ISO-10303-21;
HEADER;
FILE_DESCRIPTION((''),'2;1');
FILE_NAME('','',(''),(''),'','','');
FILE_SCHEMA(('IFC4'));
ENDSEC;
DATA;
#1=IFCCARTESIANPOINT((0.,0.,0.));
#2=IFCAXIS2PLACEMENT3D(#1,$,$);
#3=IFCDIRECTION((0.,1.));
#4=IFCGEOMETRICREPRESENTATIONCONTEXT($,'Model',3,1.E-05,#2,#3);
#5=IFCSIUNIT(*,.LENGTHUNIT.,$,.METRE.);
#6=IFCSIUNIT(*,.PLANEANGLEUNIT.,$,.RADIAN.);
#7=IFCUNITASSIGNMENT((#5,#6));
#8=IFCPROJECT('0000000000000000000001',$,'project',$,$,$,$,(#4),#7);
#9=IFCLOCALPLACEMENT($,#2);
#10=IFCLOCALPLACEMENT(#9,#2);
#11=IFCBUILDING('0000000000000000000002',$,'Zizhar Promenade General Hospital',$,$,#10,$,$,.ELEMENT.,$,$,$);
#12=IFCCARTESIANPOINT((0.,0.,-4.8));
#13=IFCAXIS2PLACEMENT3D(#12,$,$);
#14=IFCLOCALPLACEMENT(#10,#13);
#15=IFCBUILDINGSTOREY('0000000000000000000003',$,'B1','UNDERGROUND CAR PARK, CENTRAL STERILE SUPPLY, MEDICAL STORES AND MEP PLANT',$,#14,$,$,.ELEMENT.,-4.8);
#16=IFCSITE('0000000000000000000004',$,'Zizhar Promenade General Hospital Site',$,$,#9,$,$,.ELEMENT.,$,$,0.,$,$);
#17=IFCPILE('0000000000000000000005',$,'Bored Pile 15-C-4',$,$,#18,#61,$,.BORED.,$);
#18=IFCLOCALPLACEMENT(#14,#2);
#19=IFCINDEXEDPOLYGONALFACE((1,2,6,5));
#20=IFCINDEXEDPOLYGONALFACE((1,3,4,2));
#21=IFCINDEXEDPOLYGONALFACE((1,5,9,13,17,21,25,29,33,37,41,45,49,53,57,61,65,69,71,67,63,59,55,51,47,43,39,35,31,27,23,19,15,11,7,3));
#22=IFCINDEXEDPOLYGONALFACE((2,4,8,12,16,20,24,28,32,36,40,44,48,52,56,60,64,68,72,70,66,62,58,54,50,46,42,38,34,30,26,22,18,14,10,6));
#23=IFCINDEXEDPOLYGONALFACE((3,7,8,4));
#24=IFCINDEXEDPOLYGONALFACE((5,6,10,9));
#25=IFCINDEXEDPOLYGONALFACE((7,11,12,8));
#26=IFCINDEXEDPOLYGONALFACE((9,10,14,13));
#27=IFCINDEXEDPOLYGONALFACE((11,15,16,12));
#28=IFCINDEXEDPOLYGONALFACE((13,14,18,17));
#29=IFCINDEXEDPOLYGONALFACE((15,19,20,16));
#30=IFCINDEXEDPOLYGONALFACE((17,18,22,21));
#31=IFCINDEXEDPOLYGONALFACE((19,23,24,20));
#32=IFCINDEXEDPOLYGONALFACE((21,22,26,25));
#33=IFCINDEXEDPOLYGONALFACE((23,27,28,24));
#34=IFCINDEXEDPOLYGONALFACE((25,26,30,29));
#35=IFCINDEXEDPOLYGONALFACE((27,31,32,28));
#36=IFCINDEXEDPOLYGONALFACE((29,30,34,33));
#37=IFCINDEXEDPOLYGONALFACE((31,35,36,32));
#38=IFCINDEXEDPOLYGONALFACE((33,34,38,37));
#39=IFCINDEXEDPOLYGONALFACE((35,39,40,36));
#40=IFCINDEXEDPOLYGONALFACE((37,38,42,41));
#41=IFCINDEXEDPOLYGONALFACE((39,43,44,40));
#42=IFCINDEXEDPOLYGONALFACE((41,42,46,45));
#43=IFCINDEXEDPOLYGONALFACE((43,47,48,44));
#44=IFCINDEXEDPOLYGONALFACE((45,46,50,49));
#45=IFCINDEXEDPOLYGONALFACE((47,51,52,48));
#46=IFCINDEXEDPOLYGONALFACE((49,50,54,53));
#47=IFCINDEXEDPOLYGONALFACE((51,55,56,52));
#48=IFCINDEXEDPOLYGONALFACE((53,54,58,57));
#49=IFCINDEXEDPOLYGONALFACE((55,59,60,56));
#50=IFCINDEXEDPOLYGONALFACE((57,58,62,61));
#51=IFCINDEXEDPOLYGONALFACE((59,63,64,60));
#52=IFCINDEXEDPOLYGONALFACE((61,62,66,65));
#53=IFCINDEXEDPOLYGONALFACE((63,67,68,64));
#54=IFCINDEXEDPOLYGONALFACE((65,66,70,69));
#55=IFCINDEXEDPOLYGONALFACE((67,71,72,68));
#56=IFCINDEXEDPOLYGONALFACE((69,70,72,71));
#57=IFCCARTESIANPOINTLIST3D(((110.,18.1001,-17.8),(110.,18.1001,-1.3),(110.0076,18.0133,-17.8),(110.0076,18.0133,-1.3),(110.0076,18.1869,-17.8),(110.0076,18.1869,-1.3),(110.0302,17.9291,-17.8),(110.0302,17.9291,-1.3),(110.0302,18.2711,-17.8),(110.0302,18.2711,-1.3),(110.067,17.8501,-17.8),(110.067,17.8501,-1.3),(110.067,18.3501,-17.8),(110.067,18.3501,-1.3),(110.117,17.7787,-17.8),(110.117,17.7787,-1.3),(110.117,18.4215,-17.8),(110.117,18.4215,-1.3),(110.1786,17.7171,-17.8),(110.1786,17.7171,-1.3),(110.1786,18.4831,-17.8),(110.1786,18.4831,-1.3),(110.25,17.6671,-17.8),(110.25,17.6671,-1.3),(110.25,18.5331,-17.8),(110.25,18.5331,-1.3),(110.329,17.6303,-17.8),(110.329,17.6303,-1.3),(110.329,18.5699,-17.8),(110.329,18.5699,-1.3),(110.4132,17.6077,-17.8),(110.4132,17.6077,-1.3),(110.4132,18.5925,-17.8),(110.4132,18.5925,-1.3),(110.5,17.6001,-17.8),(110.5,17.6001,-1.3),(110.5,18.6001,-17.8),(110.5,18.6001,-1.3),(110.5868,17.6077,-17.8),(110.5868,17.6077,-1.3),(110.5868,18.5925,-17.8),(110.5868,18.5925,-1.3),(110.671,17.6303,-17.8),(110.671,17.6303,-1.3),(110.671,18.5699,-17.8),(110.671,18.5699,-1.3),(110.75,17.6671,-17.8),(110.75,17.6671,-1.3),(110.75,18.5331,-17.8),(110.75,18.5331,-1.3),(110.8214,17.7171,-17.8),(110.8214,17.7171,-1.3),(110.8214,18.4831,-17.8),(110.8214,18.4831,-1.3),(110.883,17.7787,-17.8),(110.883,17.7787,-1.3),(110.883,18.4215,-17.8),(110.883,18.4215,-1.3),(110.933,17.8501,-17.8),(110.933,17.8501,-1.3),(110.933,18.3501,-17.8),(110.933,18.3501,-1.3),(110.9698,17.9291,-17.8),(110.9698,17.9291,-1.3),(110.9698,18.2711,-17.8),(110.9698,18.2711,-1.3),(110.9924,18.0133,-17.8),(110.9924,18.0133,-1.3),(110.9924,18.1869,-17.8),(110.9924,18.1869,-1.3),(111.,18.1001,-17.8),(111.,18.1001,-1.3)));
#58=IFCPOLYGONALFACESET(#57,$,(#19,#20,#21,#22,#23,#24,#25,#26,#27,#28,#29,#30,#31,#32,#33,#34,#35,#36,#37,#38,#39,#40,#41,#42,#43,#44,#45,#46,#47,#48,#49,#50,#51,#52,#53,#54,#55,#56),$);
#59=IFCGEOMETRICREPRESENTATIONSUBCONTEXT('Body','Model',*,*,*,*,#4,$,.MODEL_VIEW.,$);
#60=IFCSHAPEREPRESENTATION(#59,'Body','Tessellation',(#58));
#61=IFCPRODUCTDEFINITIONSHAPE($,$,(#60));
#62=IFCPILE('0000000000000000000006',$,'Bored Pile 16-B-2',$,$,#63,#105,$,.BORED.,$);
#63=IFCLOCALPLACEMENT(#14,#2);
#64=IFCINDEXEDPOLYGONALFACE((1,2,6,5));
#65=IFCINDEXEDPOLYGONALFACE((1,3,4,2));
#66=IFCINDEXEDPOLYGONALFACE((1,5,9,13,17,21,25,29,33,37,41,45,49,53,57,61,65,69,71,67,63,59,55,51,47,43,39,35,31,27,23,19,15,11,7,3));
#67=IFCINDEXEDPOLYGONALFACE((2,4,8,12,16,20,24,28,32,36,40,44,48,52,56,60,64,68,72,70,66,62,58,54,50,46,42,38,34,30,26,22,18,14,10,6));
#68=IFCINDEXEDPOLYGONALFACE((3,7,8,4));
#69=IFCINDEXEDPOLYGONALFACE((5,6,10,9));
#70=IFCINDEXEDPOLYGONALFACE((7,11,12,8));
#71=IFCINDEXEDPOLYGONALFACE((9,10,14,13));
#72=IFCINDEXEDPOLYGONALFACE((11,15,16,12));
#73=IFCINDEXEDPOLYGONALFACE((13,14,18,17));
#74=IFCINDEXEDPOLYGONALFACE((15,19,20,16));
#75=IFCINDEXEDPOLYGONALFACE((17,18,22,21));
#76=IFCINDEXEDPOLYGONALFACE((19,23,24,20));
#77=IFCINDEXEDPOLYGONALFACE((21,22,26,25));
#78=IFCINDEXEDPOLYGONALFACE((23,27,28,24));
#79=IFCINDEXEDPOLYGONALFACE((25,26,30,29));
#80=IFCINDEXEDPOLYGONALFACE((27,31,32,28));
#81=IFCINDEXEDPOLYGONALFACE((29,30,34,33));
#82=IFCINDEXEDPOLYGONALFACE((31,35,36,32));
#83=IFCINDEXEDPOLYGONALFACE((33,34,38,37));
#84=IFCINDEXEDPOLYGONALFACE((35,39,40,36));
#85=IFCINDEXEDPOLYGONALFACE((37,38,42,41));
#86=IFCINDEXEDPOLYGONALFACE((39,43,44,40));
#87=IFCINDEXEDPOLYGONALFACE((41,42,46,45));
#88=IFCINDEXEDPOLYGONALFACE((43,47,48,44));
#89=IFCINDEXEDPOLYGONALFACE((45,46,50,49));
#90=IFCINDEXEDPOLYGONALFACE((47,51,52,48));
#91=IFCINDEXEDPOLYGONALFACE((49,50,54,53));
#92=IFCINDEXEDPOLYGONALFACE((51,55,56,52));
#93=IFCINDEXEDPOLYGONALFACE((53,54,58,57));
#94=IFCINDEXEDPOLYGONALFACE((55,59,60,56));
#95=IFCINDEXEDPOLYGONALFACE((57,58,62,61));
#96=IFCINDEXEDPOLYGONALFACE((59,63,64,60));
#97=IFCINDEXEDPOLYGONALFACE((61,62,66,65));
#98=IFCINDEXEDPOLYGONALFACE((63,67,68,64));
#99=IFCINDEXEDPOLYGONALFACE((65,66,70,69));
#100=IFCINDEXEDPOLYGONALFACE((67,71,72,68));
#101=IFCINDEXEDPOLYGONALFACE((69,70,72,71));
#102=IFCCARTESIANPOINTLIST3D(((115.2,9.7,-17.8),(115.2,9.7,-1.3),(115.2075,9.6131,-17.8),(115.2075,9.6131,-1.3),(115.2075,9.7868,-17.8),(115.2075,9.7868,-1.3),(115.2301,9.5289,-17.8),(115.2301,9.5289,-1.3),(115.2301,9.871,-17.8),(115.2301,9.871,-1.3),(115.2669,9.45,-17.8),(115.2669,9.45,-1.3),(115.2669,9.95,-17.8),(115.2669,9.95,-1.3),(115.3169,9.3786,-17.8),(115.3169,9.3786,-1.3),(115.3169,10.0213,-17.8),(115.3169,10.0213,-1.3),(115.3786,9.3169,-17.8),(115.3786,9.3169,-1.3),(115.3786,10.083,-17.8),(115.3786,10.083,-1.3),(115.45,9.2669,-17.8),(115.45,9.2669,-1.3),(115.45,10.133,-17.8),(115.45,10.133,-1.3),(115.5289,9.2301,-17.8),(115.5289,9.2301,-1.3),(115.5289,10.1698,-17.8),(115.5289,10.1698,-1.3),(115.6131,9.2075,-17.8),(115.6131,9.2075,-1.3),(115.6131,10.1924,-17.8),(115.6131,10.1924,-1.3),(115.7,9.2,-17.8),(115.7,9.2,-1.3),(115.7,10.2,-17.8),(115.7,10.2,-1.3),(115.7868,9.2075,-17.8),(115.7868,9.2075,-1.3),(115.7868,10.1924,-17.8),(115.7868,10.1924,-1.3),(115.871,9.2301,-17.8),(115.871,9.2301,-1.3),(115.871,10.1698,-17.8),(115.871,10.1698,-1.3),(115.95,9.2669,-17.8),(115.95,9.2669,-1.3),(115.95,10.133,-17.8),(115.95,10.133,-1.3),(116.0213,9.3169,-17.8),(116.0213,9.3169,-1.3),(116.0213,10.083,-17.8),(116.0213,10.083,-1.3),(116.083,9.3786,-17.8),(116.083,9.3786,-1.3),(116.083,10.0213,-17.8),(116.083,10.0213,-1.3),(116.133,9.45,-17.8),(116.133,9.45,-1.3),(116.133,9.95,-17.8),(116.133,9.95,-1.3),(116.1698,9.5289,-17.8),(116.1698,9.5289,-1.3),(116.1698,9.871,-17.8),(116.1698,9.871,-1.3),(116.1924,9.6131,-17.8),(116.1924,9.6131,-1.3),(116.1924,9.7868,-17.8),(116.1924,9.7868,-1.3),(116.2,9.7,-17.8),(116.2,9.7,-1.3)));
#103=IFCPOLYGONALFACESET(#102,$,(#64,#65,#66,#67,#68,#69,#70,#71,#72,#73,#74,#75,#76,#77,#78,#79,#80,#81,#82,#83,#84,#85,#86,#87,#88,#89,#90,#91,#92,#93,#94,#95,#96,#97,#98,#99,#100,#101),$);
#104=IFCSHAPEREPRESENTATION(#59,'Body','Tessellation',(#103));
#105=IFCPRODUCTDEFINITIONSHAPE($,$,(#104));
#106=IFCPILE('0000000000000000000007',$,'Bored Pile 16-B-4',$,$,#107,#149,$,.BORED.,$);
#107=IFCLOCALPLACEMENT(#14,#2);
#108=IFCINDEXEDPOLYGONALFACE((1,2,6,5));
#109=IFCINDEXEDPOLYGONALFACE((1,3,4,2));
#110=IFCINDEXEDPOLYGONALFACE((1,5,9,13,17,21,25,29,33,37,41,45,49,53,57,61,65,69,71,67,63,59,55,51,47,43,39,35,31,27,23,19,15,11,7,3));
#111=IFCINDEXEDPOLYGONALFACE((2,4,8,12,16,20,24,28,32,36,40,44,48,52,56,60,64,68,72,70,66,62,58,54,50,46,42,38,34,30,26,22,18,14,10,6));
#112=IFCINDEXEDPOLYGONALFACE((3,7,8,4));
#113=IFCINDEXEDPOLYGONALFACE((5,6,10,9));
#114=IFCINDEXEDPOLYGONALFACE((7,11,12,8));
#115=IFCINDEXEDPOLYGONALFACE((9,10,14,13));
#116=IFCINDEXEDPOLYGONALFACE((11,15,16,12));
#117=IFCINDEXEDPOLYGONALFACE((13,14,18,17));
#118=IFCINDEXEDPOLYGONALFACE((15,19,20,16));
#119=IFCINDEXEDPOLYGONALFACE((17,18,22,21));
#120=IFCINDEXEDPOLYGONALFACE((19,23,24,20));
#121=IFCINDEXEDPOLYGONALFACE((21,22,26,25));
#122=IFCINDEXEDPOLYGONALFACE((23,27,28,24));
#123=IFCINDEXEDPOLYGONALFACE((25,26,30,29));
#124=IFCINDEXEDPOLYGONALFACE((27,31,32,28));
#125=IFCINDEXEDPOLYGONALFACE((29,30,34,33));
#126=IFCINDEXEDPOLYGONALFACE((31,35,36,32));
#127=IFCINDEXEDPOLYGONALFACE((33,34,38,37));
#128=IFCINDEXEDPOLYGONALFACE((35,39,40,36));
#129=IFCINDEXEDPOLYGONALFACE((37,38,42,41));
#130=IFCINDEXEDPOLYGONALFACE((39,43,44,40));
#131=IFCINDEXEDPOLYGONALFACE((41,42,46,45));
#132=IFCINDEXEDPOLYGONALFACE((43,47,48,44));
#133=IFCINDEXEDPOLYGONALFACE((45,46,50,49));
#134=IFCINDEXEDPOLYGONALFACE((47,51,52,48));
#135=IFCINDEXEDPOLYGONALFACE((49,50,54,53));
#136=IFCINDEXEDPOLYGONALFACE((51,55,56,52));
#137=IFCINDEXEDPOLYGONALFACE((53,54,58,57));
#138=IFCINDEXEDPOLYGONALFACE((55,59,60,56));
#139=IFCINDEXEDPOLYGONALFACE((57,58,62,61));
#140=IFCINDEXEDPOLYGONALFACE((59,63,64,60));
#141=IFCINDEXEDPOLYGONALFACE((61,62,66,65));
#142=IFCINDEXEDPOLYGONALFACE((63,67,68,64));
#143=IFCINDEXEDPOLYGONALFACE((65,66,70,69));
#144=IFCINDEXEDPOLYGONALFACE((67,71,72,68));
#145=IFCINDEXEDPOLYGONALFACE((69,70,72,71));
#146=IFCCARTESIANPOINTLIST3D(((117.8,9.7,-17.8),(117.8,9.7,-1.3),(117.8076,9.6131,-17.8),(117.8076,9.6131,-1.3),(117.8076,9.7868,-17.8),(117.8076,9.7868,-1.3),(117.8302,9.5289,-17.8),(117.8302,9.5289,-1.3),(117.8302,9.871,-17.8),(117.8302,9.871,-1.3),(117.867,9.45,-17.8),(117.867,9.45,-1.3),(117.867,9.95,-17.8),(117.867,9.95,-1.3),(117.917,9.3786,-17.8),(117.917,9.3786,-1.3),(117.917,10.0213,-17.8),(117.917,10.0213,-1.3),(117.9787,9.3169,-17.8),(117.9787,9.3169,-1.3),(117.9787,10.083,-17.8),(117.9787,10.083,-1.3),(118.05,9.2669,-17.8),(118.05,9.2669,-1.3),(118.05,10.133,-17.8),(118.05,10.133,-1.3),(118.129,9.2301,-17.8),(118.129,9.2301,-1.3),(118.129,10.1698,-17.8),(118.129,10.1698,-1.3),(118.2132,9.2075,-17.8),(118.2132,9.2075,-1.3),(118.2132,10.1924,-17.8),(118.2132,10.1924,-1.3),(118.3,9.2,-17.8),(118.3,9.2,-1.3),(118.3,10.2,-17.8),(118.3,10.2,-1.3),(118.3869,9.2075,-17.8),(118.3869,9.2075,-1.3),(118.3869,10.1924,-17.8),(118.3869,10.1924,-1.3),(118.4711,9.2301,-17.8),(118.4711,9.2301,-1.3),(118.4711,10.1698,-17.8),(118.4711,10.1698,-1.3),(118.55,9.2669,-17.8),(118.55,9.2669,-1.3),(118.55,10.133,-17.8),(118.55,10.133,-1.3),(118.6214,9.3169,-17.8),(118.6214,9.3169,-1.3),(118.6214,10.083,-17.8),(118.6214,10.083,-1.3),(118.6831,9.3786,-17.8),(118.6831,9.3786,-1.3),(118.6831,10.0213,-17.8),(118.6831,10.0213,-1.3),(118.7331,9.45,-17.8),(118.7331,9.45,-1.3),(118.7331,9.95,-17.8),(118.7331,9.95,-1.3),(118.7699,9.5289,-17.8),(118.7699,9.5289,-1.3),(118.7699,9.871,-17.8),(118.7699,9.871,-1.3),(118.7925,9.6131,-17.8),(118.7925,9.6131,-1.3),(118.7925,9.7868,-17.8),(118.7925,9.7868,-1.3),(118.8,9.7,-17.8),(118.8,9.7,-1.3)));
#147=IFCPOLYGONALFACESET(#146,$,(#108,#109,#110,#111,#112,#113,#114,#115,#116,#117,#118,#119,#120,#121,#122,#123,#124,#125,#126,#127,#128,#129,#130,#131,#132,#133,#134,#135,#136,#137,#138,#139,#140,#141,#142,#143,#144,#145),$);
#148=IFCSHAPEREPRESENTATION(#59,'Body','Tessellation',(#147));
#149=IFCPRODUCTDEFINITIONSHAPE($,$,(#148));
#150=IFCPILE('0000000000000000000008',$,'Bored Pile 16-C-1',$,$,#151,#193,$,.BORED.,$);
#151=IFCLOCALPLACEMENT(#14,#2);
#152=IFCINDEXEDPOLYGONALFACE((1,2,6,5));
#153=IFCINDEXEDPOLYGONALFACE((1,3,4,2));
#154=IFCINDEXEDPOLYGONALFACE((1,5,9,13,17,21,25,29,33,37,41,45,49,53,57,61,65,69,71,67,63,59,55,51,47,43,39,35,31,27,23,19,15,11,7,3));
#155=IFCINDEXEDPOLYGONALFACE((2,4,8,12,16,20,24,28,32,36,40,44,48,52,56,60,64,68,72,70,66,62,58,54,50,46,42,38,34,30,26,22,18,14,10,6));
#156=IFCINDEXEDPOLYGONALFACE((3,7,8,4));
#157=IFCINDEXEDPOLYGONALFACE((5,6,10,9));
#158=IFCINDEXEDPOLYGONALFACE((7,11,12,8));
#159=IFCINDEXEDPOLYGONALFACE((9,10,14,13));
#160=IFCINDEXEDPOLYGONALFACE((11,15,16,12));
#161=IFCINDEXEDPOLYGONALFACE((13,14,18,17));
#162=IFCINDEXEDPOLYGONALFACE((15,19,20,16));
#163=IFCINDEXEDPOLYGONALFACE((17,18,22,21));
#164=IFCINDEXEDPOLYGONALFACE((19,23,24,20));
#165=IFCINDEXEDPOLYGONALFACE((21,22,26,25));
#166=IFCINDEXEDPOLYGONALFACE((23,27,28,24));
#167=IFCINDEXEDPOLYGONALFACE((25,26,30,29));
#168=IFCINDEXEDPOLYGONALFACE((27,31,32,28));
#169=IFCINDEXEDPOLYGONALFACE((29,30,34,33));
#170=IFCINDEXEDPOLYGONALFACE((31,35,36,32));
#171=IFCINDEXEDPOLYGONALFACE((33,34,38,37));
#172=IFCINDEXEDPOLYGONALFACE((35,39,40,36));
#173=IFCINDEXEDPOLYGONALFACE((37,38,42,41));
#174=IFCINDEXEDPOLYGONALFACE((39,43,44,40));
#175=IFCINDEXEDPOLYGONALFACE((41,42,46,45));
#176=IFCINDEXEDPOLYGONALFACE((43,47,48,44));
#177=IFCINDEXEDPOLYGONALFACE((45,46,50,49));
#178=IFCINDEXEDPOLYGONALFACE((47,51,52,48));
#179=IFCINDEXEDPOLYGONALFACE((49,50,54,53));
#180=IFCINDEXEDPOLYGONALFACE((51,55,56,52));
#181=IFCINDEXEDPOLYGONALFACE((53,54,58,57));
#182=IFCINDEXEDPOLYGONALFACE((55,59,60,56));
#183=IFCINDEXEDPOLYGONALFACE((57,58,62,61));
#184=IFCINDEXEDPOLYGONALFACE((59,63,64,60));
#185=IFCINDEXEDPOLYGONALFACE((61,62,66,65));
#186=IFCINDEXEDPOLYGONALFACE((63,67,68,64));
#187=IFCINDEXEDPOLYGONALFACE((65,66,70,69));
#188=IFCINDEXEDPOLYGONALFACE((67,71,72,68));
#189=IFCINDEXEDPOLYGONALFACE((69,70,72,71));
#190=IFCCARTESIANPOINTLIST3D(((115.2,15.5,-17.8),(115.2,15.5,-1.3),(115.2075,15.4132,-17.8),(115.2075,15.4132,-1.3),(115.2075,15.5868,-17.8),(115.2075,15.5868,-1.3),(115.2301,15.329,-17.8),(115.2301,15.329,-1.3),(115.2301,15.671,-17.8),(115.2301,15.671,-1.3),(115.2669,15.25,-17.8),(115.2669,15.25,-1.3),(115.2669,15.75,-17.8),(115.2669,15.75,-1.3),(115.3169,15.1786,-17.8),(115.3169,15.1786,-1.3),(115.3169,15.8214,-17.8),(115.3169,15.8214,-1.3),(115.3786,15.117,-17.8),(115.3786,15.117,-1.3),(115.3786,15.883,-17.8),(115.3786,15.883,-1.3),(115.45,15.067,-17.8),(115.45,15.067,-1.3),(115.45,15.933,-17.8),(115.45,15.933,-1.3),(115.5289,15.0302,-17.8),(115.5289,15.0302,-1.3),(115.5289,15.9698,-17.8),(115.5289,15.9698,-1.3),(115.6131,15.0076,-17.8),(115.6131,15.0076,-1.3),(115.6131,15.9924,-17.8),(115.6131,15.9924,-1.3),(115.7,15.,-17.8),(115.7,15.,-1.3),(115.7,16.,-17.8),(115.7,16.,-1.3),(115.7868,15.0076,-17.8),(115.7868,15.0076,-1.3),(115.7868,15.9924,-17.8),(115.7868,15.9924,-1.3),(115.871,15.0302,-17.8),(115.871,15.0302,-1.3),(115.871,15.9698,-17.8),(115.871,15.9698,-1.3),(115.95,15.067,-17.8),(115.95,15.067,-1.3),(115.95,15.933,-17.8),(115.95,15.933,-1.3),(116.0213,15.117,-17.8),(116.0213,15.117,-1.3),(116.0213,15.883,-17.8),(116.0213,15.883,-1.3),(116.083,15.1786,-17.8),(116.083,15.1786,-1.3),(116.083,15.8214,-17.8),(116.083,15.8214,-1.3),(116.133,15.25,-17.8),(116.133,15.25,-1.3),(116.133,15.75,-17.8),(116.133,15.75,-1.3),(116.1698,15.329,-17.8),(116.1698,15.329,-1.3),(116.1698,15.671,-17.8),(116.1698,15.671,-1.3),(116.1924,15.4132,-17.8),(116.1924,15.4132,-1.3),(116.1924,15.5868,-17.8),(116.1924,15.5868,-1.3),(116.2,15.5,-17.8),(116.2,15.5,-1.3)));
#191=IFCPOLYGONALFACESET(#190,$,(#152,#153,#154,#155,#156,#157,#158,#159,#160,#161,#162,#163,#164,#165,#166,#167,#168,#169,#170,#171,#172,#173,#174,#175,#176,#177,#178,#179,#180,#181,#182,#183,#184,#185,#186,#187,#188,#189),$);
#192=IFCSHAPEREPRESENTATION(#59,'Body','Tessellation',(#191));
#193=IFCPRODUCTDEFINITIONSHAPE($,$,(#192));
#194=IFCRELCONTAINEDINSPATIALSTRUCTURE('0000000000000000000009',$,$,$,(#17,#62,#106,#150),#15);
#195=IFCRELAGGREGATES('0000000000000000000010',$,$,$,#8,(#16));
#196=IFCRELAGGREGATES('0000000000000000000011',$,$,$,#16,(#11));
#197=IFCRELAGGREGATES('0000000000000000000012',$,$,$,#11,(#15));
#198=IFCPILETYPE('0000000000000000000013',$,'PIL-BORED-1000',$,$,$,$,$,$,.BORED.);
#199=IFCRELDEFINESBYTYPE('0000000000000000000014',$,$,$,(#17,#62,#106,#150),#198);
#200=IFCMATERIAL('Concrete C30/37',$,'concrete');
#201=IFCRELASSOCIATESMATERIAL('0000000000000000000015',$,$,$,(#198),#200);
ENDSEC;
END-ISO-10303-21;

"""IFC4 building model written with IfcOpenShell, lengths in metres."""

from ifc_helpers import new_model, si_unit, direction, frame, origin, origin_2d, place, context, subcontext, project, spatial, circle, extrude, material, material_profile, profile_set, type_object, element, save


model = new_model("IFC4")

# Units and contexts
model_context = context("Model", 3, precision=1e-05, world=origin(), true_north=direction((0.0, 1.0)))
body_context = subcontext(model_context, "Body", "Model", "MODEL_VIEW")
ifc_project = project(units=[si_unit("LENGTHUNIT", "METRE"), si_unit("PLANEANGLEUNIT", "RADIAN")], contexts=[model_context])

# Site, building, storey
site_placement = place(None, origin())
site = spatial("IfcSite", under=ifc_project, at=site_placement, Name="Zizhar Promenade General Hospital Site", CompositionType="ELEMENT", RefElevation=0.0)
building_placement = place(site_placement, origin())
building = spatial("IfcBuilding", under=site, at=building_placement, Name="Zizhar Promenade General Hospital", CompositionType="ELEMENT")
storey_placement = place(building_placement, frame((0.0, 0.0, -4.8)))
storey = spatial("IfcBuildingStorey", under=building, at=storey_placement, Name="B1", Description="UNDERGROUND CAR PARK, CENTRAL STERILE SUPPLY, MEDICAL STORES AND MEP PLANT", CompositionType="ELEMENT", Elevation=-4.8)

# Piles
ifc_material_1 = material(Name="Concrete C30/37", Category="concrete")
ifc_material_profile_1 = material_profile(ifc_material_1, circle(Radius=0.5, at=origin_2d()))
ifc_profile_set_1 = profile_set([ifc_material_profile_1], Name="Concrete C30/37")
pile_type = type_object("IfcPileType", Name="PIL-BORED-1000", PredefinedType="BORED", material=ifc_profile_set_1)
for number, where, z_axis, x_axis, name in (
    (1, (110.5, 18.1001, -1.3), (0.0, 0.0, -1.0), (1.0, 0.0, 0.0), "Bored Pile 15-C-4"),
    (2, (115.7, 9.7, -1.3), (0.0, 0.0, -1.0), (1.0, 0.0, 0.0), "Bored Pile 16-B-2"),
    (3, (118.3, 9.7, -1.3), (0.0, 0.0, -1.0), (1.0, 0.0, 0.0), "Bored Pile 16-B-4"),
    (4, (115.7, 15.5, -1.3), (0.0, 0.0, -1.0), (1.0, 0.0, 0.0), "Bored Pile 16-C-1"),
):
    element("IfcPile", number, at=place(storey_placement, frame(where, z_axis=z_axis, x_axis=x_axis)), inside=storey, type_object=pile_type, Name=name, PredefinedType="BORED", context=body_context, shape_type="SweptSolid", body=[
        extrude(circle(Radius=0.5, at=origin_2d()), origin(), (0.0, 0.0, 1.0), 16.5),
    ])

save(model, "model.ifc")
